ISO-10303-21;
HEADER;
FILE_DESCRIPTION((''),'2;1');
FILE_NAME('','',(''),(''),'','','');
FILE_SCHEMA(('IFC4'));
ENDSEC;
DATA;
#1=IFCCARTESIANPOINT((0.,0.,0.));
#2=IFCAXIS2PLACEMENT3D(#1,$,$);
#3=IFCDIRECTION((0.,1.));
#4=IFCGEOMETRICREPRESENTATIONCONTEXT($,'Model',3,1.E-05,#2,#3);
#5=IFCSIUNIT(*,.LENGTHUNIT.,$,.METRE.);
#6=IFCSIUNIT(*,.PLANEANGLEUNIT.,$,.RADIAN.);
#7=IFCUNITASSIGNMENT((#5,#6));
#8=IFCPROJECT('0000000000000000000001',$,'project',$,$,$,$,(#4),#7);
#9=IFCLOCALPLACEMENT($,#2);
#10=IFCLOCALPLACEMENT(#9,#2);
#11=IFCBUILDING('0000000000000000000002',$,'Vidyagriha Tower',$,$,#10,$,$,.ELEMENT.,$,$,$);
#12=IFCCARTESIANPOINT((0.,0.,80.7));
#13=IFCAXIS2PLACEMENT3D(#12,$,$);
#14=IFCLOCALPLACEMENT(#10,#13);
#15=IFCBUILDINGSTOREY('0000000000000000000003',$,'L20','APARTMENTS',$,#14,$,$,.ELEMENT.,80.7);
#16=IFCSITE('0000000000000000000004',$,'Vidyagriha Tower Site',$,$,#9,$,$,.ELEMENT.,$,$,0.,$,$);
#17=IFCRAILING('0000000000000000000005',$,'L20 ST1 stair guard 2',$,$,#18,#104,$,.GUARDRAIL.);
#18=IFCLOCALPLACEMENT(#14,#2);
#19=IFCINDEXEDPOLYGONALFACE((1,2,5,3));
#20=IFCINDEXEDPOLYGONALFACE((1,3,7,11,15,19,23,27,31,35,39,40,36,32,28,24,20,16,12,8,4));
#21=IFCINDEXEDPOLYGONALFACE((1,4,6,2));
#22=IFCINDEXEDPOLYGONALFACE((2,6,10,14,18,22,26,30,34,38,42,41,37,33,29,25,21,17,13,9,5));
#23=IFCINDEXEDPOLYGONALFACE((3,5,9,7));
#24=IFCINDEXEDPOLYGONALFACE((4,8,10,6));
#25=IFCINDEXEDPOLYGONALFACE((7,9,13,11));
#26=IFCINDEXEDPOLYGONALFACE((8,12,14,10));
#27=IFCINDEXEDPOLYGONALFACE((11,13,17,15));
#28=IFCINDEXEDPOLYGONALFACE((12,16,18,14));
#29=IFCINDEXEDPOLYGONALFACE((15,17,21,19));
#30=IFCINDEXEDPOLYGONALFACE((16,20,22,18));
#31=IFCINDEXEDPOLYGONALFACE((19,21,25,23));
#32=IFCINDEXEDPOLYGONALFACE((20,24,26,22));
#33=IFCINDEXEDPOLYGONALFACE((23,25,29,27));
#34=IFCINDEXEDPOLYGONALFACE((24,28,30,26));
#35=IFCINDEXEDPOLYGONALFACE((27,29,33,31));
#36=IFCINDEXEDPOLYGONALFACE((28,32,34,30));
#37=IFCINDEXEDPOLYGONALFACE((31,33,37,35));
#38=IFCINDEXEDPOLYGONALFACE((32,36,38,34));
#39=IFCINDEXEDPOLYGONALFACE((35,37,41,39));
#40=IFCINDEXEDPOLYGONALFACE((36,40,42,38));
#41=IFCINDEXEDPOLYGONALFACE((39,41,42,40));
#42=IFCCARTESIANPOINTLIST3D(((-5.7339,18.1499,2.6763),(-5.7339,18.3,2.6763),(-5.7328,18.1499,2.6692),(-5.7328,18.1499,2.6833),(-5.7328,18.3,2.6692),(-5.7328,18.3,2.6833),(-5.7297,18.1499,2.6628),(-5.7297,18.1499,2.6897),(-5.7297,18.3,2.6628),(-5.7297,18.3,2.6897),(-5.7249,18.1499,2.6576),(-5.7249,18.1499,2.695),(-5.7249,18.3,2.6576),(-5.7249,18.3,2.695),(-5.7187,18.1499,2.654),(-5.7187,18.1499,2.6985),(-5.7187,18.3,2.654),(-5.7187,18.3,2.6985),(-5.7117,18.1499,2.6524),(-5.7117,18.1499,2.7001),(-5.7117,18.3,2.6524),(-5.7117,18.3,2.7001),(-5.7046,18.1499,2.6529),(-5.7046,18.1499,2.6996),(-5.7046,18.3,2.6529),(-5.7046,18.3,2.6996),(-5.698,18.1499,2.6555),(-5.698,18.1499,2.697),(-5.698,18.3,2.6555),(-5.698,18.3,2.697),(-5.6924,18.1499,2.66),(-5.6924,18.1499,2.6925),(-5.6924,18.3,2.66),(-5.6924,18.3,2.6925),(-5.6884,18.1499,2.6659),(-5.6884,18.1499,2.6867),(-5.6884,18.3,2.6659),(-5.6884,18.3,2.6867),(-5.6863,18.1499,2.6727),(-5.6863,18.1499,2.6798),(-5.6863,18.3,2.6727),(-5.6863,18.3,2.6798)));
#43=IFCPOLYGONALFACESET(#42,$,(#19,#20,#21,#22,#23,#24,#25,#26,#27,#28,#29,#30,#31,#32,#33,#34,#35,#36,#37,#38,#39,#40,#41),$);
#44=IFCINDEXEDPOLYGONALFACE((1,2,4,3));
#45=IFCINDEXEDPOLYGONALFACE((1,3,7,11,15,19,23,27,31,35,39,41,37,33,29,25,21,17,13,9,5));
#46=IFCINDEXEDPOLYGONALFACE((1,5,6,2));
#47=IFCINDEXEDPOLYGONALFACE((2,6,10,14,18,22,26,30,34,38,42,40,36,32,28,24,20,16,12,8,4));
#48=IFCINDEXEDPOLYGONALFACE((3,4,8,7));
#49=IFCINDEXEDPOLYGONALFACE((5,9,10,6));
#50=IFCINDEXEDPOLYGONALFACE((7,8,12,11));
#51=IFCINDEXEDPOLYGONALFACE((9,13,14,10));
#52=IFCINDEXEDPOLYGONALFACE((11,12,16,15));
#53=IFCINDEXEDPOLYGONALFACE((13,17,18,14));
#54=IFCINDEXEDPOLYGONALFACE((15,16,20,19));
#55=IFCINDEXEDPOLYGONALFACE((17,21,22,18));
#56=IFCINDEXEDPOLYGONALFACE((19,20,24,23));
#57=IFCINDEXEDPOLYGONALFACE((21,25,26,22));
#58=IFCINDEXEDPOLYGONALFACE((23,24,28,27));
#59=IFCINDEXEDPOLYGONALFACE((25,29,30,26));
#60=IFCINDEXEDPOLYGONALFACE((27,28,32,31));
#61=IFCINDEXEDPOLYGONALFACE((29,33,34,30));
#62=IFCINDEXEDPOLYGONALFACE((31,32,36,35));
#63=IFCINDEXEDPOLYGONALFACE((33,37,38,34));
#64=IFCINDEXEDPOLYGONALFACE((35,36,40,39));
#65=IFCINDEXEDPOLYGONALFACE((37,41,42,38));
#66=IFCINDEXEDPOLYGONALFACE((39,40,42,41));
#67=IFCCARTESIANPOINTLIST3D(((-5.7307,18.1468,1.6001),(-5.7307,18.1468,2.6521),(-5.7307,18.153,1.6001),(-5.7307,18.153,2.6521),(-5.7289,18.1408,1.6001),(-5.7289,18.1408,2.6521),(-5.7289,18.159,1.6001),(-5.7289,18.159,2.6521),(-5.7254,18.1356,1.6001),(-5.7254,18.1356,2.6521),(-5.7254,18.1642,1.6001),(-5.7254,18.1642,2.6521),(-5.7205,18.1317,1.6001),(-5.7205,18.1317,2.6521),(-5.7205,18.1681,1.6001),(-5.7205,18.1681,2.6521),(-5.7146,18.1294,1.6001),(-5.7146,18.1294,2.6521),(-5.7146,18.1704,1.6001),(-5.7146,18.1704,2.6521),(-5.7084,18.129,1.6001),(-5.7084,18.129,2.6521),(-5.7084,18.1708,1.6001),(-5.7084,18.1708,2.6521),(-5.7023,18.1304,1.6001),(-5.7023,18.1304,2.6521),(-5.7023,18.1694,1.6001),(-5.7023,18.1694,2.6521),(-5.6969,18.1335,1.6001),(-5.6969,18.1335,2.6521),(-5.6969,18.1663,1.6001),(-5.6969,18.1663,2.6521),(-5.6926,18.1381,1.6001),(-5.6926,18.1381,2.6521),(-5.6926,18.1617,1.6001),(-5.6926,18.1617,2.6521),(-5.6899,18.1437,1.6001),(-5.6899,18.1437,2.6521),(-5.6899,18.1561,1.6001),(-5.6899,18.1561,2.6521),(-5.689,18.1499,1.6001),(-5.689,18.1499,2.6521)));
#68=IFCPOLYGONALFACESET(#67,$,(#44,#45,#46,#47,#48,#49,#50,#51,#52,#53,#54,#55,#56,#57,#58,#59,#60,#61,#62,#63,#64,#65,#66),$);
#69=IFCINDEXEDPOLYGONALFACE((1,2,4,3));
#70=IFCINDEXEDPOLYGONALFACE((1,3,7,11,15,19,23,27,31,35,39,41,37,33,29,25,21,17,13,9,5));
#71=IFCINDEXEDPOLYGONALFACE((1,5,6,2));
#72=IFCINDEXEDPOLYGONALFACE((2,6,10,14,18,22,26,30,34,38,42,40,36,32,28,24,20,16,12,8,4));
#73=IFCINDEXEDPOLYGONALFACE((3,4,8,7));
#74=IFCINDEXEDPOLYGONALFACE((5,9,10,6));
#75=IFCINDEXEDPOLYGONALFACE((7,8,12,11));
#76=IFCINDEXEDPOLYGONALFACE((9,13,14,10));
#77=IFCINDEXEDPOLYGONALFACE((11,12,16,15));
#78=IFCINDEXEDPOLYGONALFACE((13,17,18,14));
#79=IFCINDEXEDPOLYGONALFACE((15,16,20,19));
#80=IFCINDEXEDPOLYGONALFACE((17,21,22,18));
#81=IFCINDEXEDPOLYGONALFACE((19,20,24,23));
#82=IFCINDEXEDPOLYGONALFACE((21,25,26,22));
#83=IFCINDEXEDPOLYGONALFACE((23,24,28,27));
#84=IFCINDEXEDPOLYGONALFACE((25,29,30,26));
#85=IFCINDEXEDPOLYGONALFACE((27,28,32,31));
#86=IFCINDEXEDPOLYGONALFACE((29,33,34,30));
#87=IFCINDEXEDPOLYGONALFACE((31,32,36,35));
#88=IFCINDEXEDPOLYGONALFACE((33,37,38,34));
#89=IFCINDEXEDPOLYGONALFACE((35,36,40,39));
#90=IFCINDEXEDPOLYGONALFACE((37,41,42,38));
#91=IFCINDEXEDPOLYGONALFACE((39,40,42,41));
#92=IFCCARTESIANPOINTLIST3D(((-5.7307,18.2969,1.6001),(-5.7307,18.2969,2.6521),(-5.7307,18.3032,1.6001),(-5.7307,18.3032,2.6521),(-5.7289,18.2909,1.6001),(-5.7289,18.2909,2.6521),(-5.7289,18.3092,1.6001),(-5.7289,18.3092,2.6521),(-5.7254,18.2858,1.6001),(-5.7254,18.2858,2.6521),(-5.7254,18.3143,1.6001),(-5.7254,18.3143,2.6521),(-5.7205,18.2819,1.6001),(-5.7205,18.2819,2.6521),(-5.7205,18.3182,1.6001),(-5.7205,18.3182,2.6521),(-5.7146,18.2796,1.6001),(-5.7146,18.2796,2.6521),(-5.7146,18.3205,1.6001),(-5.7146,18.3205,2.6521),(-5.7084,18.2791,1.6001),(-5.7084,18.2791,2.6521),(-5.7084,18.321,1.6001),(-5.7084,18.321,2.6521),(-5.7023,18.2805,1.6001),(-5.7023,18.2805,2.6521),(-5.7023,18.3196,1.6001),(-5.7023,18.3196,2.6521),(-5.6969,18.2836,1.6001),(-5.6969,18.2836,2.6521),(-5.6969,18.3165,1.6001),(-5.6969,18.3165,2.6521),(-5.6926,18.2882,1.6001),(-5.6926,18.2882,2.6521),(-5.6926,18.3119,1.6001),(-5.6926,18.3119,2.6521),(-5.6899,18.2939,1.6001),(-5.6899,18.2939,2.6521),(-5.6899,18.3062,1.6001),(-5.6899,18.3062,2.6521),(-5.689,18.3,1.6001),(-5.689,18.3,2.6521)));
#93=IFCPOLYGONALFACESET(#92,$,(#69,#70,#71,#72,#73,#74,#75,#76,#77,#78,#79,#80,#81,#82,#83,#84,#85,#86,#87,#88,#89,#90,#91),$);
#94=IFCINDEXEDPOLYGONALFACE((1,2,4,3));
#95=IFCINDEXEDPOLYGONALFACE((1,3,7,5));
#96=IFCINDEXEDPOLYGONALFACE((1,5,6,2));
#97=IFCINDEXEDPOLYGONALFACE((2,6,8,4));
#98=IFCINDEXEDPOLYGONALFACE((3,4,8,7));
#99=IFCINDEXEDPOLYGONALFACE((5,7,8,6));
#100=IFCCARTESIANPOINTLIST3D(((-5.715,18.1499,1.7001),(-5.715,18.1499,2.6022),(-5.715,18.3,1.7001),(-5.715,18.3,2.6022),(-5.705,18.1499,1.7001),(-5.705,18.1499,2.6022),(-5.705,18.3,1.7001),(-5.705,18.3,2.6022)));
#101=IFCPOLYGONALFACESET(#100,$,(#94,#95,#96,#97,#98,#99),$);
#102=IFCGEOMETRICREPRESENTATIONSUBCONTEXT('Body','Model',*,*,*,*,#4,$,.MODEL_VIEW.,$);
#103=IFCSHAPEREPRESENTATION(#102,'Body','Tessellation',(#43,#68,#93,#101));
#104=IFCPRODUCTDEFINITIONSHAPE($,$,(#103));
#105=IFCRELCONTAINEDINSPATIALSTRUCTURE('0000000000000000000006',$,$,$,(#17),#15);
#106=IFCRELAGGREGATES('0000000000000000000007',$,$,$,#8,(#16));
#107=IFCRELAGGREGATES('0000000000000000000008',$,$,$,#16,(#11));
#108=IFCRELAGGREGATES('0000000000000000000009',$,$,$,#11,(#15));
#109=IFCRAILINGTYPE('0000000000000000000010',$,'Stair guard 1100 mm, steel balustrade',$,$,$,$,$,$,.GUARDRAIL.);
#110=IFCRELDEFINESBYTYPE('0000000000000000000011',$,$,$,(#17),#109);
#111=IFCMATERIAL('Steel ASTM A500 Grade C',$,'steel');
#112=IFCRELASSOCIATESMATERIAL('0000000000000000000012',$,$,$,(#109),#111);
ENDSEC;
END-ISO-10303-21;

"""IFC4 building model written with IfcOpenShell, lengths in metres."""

from ifc_helpers import new_model, si_unit, direction, frame, origin, origin_2d, place, context, subcontext, project, spatial, rectangle, circle, extrude, material, type_object, element, save


model = new_model("IFC4")

# Units and contexts
model_context = context("Model", 3, precision=1e-05, world=origin(), true_north=direction((0.0, 1.0)))
body_context = subcontext(model_context, "Body", "Model", "MODEL_VIEW")
ifc_project = project(units=[si_unit("LENGTHUNIT", "METRE"), si_unit("PLANEANGLEUNIT", "RADIAN")], contexts=[model_context])

# Site, building, storey
site_placement = place(None, origin())
site = spatial("IfcSite", under=ifc_project, at=site_placement, Name="Vidyagriha Tower Site", CompositionType="ELEMENT", RefElevation=0.0)
building_placement = place(site_placement, origin())
building = spatial("IfcBuilding", under=site, at=building_placement, Name="Vidyagriha Tower", CompositionType="ELEMENT")
storey_placement = place(building_placement, frame((0.0, 0.0, 80.7)))
storey = spatial("IfcBuildingStorey", under=building, at=storey_placement, Name="L20", Description="APARTMENTS", CompositionType="ELEMENT", Elevation=80.7)

# Railing
ifc_material_1 = material(Name="Steel ASTM A500 Grade C", Category="steel")
railing_type_1 = type_object("IfcRailingType", Name="Stair guard 1100 mm, steel balustrade", PredefinedType="GUARDRAIL", material=ifc_material_1)
railing_1_placement = place(storey_placement, frame((-5.71, 18.1499, 1.6001)))
element("IfcRailing", 1, at=railing_1_placement, inside=storey, type_object=railing_type_1, Name="L20 ST1 stair guard 2", PredefinedType="GUARDRAIL", context=body_context, shape_type="SweptSolid", body=[
    extrude(circle(Radius=0.0239, at=origin_2d()), frame((0.0, 0.0, 1.0762), z_axis=(0.0, 1.0, 0.0), x_axis=(-1.0, 0.0, 0.0)), (0.0, 0.0, 1.0), 0.1501),
    extrude(circle(Radius=0.021, at=origin_2d()), origin(), (0.0, 0.0, 1.0), 1.052),
    extrude(circle(Radius=0.021, at=origin_2d()), frame((0.0, 0.1501, 0.0)), (0.0, 0.0, 1.0), 1.052),
    extrude(rectangle(XDim=0.01, YDim=0.9021, at=origin_2d()), frame((0.0, 0.0, 0.551), z_axis=(0.0, 1.0, 0.0), x_axis=(-1.0, 0.0, 0.0)), (0.0, 0.0, 1.0), 0.1501),
])

save(model, "model.ifc")
